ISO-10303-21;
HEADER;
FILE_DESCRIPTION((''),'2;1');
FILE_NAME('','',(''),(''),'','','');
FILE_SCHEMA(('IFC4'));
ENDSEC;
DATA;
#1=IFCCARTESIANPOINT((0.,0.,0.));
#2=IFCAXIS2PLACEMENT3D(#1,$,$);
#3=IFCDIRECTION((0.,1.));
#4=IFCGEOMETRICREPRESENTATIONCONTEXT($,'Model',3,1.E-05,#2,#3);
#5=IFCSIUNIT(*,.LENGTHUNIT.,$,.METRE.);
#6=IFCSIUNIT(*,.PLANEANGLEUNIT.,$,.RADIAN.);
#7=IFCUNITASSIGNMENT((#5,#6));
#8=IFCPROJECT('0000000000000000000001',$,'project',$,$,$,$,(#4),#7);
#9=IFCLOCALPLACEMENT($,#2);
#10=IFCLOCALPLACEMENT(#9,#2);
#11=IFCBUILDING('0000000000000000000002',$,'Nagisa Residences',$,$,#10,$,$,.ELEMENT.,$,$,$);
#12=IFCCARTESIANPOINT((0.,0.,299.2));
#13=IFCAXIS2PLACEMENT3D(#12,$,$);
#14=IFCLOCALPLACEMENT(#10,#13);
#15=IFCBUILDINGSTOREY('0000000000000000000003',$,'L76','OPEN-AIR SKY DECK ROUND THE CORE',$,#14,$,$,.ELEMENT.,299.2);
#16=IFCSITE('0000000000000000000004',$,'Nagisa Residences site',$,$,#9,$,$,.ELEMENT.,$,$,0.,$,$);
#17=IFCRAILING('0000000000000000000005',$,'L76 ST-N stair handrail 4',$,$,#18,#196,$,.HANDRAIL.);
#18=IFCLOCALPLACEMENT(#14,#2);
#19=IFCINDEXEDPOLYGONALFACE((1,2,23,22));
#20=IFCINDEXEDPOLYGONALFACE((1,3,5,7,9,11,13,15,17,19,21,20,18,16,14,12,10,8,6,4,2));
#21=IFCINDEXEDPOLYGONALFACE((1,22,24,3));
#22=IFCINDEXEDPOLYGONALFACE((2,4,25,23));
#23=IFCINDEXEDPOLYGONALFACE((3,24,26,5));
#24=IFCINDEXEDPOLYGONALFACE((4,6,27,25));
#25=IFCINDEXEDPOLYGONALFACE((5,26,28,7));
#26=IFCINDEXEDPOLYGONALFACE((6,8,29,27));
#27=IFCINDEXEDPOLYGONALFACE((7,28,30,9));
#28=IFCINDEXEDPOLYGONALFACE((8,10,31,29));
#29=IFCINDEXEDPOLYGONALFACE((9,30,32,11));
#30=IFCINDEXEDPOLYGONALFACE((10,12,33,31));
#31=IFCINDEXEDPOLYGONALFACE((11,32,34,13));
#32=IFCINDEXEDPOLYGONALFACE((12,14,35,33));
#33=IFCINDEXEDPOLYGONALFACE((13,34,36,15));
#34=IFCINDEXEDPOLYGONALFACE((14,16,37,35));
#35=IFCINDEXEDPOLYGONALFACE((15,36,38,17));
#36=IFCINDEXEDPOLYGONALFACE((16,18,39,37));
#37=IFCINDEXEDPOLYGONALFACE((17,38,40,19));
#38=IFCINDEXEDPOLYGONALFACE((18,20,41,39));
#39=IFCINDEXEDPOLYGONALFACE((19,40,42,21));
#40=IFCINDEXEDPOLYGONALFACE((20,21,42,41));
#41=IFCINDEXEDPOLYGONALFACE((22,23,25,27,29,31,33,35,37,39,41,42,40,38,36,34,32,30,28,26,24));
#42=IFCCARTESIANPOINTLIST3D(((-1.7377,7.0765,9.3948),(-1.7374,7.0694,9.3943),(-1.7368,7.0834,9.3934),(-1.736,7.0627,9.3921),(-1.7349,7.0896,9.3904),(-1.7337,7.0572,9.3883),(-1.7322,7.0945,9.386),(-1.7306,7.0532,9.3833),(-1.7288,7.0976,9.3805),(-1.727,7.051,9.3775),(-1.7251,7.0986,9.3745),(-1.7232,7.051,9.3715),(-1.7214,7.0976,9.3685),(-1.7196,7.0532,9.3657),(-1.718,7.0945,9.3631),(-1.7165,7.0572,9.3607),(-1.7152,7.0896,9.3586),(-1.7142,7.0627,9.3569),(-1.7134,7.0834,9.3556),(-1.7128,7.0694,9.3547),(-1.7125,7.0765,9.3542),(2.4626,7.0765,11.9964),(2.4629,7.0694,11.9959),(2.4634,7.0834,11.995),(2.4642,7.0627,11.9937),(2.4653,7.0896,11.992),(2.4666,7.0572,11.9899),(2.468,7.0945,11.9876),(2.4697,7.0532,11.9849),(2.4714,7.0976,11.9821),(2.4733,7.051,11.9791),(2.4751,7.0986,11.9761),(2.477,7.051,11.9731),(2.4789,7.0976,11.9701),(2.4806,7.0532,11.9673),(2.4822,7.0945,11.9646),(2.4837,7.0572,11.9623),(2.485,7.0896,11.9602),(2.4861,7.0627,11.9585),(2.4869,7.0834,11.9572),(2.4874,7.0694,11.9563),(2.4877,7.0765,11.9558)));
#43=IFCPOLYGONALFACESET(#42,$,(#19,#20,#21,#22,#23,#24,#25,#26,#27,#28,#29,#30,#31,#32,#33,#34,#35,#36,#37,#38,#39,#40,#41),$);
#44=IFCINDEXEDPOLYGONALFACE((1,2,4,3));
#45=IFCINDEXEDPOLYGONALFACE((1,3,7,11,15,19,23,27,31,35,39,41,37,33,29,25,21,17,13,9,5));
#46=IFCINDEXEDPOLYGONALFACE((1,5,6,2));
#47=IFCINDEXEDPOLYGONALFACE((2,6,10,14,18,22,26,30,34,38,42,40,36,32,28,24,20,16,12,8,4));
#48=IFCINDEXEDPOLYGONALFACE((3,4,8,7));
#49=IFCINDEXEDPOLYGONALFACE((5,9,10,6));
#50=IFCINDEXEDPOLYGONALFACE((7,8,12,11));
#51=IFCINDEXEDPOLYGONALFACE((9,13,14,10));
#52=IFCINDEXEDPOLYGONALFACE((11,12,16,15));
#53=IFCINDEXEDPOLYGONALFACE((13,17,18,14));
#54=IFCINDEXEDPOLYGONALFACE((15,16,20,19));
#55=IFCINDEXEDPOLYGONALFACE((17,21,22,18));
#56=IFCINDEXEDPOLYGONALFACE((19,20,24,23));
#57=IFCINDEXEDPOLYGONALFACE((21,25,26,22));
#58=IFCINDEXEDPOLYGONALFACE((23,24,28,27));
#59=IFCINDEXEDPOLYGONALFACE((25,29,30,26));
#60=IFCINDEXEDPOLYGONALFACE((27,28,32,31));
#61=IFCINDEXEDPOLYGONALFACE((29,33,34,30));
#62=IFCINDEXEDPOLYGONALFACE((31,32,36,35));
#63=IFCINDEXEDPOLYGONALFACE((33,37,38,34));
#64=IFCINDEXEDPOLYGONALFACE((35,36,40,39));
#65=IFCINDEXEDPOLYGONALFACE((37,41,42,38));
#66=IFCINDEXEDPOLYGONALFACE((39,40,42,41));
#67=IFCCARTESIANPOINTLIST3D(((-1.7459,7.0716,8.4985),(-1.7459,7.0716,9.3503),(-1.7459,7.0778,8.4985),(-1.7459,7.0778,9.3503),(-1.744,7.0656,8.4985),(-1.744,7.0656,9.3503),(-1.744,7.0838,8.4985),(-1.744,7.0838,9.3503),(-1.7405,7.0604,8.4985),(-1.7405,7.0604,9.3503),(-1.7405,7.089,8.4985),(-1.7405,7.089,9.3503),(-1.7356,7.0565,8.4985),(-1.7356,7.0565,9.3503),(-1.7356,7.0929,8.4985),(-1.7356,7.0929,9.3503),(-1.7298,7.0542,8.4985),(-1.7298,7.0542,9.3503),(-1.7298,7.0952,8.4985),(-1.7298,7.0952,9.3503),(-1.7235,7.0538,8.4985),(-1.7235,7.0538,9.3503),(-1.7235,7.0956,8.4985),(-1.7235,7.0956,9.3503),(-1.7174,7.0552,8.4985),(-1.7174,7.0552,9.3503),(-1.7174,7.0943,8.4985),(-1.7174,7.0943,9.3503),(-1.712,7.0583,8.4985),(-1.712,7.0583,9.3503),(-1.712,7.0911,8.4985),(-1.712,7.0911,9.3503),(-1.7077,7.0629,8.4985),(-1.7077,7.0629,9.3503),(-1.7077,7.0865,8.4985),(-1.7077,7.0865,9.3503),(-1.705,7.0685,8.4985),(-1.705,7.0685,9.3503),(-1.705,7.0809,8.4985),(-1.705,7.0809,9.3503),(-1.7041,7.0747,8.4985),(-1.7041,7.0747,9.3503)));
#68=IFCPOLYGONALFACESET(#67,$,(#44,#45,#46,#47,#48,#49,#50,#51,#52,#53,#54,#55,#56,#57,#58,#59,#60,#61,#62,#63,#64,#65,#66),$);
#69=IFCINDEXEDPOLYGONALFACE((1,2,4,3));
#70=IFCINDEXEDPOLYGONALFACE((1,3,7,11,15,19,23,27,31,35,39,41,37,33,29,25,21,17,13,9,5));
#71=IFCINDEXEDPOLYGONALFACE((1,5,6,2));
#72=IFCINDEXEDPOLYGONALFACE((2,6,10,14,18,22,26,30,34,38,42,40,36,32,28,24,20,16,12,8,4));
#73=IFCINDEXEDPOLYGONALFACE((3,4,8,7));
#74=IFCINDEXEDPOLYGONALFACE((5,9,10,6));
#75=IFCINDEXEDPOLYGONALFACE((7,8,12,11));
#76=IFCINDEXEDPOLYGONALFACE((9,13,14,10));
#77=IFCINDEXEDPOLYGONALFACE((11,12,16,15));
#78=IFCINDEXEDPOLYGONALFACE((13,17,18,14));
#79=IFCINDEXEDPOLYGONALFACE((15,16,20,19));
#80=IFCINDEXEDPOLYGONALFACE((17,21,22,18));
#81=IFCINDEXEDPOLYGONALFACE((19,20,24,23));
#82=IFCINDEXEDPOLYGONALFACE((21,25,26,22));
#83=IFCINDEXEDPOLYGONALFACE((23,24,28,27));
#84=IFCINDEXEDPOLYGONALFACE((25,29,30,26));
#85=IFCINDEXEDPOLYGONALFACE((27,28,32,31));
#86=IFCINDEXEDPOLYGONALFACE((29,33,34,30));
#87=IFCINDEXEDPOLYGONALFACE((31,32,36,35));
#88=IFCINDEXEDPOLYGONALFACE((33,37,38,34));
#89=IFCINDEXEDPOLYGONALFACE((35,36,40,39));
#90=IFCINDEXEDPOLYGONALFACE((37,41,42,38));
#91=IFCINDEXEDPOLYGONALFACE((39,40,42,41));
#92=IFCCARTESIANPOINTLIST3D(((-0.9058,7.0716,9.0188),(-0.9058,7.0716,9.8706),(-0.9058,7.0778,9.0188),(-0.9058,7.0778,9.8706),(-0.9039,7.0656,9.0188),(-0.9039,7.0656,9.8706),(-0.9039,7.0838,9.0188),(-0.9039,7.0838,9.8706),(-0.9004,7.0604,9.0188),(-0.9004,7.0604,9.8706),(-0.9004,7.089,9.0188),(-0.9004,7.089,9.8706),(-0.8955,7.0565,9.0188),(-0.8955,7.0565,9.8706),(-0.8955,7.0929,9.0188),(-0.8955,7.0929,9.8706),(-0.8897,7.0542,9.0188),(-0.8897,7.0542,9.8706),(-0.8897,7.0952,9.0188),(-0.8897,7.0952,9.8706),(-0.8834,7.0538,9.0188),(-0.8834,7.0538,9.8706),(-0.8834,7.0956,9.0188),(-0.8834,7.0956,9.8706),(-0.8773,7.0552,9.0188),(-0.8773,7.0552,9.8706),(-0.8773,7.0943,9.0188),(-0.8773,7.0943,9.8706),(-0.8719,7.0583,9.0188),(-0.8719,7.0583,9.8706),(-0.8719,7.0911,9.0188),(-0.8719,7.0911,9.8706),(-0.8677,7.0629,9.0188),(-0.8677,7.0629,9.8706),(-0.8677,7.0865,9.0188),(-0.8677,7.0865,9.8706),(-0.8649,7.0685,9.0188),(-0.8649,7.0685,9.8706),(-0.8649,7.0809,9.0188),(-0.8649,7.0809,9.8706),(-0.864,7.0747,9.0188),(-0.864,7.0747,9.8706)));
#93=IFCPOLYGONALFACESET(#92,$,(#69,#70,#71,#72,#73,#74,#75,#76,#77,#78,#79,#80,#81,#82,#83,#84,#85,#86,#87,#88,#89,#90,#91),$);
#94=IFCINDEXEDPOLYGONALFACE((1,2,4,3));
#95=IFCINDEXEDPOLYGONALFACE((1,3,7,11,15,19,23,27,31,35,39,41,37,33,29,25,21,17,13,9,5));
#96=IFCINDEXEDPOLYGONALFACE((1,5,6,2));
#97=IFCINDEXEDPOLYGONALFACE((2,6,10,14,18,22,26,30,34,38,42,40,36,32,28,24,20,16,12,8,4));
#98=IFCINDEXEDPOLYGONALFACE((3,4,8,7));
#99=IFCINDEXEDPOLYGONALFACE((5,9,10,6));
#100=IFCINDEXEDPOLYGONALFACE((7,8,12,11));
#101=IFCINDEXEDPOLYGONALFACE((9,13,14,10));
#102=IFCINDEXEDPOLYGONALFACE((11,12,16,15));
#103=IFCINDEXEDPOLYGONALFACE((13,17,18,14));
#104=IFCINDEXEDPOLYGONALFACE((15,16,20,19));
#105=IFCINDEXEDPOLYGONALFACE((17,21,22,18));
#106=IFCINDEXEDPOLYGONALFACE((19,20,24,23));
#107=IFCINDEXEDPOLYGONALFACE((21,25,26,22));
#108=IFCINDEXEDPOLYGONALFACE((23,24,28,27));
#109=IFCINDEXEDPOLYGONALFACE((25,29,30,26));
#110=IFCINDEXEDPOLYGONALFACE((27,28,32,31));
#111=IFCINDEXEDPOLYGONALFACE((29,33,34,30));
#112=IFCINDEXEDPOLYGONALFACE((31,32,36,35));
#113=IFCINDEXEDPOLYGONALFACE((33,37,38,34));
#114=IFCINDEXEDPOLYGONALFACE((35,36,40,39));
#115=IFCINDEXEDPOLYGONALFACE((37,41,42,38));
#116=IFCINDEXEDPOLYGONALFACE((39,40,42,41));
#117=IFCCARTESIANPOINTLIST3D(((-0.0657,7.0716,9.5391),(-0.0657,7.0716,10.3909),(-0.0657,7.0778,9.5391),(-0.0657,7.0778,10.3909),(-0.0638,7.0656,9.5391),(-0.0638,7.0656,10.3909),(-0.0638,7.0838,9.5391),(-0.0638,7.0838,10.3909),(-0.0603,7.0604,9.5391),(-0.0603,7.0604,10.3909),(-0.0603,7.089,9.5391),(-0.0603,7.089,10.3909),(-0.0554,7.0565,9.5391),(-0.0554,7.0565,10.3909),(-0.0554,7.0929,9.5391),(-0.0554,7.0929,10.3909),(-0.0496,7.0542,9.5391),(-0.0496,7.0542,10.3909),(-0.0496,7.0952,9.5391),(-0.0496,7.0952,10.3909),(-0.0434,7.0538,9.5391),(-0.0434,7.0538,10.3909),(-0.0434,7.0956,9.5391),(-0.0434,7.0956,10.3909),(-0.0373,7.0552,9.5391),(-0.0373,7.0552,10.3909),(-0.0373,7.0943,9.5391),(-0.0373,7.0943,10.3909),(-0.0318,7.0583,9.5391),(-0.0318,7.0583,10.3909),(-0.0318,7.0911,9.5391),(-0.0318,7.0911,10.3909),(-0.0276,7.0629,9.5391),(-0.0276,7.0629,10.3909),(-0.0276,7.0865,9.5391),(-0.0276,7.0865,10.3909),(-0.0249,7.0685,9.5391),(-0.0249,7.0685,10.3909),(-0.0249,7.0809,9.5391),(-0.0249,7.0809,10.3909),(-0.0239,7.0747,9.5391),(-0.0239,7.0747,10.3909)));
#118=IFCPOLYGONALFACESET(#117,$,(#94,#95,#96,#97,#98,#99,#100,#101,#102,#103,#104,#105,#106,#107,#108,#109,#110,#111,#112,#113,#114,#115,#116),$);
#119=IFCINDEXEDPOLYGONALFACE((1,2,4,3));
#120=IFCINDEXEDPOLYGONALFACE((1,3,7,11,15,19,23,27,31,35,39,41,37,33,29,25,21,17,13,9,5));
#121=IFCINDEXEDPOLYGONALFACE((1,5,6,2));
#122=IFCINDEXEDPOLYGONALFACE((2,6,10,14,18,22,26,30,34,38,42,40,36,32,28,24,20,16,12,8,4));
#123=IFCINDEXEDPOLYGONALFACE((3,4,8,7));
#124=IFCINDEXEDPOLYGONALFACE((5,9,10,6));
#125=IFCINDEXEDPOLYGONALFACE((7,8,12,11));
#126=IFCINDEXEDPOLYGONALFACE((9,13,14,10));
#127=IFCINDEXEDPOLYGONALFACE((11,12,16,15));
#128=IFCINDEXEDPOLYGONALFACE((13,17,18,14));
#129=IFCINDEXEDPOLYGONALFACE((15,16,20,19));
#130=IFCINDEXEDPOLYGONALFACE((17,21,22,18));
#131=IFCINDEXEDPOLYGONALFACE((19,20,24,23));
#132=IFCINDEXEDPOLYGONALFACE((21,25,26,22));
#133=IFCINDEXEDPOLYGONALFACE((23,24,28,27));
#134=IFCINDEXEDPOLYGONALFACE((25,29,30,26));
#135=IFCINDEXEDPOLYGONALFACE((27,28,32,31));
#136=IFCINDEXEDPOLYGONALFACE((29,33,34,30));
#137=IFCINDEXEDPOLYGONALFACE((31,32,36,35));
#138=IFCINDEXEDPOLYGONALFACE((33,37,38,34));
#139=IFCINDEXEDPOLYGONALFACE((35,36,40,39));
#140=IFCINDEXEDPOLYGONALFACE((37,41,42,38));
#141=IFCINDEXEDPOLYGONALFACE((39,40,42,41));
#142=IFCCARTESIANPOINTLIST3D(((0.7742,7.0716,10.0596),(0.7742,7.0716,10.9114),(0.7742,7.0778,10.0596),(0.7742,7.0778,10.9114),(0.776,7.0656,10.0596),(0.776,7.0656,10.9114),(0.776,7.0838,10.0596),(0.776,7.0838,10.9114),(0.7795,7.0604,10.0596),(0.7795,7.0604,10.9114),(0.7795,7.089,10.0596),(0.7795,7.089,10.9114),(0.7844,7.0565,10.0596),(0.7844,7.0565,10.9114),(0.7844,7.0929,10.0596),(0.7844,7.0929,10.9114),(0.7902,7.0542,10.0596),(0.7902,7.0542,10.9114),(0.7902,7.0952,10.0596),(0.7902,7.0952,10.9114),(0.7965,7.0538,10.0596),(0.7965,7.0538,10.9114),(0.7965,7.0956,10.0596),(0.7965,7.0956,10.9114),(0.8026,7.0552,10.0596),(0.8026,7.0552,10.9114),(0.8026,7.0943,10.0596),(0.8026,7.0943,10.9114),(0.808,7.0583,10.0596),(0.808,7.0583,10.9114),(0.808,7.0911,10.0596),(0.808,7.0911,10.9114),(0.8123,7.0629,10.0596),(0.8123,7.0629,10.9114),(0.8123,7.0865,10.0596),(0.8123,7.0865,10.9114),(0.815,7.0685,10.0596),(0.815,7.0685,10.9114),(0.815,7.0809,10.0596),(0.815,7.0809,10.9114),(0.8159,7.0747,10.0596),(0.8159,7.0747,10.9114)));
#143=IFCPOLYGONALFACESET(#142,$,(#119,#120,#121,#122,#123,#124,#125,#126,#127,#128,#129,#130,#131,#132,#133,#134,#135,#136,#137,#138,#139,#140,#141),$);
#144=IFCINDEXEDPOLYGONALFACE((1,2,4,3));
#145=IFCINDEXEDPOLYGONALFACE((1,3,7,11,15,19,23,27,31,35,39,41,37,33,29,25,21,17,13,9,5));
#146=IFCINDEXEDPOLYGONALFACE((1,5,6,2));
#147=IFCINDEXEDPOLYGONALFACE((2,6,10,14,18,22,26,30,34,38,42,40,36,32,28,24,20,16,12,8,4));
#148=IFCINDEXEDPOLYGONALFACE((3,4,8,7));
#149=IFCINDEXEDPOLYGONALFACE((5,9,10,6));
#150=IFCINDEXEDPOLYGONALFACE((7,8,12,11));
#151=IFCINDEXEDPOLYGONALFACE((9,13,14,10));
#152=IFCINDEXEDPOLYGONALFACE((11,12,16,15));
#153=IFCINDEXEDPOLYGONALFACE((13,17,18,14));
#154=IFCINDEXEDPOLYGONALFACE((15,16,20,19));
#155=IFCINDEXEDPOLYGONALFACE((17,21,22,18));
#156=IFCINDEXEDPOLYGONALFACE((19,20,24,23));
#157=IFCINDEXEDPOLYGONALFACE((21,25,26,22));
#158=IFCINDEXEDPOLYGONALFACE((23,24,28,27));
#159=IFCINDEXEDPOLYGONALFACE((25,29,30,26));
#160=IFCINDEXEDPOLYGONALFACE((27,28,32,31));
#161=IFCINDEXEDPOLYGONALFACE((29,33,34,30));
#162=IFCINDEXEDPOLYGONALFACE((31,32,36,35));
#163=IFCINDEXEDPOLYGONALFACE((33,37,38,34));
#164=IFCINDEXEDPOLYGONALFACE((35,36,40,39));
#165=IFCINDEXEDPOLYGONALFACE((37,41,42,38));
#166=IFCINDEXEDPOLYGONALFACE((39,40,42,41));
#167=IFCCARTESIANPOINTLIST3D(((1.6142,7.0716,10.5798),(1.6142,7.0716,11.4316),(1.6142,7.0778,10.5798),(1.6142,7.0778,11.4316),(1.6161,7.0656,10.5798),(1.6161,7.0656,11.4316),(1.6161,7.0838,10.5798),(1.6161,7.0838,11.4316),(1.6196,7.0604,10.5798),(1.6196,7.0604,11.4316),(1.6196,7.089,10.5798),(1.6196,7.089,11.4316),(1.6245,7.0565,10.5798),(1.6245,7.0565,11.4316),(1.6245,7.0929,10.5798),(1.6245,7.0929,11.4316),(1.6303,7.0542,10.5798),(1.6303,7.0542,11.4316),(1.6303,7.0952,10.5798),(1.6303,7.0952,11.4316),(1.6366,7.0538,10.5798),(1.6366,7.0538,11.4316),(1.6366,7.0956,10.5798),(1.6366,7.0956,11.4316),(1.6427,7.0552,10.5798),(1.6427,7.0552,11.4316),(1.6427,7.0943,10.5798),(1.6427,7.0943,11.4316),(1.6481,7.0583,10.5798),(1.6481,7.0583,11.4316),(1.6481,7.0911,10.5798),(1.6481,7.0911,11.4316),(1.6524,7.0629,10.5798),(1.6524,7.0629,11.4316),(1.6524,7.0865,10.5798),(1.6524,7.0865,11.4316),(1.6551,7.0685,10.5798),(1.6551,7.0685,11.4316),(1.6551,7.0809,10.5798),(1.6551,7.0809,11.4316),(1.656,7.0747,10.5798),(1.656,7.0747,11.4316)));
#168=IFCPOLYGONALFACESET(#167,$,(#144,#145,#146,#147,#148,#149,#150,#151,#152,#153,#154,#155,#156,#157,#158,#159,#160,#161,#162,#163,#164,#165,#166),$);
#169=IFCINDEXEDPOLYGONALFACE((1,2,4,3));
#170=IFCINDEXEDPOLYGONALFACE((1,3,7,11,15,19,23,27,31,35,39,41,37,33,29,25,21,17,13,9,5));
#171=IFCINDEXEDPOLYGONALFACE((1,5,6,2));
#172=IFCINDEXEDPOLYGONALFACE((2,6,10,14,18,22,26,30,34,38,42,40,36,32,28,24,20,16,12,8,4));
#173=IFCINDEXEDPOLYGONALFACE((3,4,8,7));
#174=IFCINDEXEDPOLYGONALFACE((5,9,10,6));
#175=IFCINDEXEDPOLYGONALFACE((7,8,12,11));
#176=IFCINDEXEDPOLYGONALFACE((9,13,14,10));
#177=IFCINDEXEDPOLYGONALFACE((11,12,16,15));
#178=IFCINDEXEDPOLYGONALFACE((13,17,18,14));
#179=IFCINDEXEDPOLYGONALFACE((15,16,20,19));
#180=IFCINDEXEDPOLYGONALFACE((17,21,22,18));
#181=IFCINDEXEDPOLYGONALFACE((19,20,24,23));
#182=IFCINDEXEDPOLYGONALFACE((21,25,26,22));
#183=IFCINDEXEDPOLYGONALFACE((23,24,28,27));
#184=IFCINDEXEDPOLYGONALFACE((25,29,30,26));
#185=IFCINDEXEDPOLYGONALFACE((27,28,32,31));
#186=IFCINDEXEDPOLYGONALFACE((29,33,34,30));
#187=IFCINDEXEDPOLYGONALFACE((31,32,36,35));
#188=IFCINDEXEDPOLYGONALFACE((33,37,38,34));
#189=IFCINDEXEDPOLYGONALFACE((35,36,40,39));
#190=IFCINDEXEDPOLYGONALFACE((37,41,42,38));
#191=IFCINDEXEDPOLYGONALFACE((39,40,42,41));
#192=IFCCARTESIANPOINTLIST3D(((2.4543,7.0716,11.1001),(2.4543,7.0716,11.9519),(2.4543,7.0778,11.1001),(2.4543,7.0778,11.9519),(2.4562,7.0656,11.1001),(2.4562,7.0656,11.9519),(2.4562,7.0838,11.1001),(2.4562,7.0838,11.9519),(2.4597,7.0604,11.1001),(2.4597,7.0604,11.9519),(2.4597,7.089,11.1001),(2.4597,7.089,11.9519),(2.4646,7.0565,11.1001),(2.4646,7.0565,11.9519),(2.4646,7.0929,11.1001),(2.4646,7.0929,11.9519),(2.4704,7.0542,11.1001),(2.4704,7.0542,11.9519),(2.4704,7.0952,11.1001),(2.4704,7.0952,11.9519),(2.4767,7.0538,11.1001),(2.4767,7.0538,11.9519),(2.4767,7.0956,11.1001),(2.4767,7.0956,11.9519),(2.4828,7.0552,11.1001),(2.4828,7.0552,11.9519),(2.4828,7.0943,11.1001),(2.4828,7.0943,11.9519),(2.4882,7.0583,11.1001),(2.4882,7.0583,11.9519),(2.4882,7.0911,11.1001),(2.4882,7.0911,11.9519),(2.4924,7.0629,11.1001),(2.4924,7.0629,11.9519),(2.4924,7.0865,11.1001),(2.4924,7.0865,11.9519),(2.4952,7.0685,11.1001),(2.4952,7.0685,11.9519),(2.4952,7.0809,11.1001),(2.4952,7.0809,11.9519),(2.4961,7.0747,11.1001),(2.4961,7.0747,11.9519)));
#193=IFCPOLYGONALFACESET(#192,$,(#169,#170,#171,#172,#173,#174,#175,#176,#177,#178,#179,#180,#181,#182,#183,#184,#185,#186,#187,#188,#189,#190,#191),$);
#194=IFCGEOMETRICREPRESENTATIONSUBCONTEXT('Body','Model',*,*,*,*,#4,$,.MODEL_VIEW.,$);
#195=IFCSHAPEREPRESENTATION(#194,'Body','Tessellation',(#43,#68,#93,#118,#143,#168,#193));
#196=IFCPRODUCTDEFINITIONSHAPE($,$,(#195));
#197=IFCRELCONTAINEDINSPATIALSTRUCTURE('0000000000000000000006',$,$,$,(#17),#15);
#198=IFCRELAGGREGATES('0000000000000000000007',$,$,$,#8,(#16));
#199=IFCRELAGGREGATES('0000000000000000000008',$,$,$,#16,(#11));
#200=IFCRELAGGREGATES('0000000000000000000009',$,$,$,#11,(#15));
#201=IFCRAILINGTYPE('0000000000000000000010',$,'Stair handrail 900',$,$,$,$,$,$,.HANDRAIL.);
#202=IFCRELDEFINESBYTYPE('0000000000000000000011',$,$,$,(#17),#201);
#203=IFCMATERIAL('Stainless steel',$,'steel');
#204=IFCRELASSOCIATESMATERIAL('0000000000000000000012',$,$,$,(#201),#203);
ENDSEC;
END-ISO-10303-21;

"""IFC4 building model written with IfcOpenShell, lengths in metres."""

from ifc_helpers import new_model, si_unit, direction, frame, origin, origin_2d, place, context, subcontext, project, spatial, circle, extrude, material, type_object, element, save


model = new_model("IFC4")

# Units and contexts
model_context = context("Model", 3, precision=1e-05, world=origin(), true_north=direction((0.0, 1.0)))
body_context = subcontext(model_context, "Body", "Model", "MODEL_VIEW")
ifc_project = project(units=[si_unit("LENGTHUNIT", "METRE"), si_unit("PLANEANGLEUNIT", "RADIAN")], contexts=[model_context])

# Site, building, storey
site_placement = place(None, origin())
site = spatial("IfcSite", under=ifc_project, at=site_placement, Name="Nagisa Residences site", CompositionType="ELEMENT", RefElevation=0.0)
building_placement = place(site_placement, origin())
building = spatial("IfcBuilding", under=site, at=building_placement, Name="Nagisa Residences", CompositionType="ELEMENT")
storey_placement = place(building_placement, frame((0.0, 0.0, 299.2)))
storey = spatial("IfcBuildingStorey", under=building, at=storey_placement, Name="L76", Description="OPEN-AIR SKY DECK ROUND THE CORE", CompositionType="ELEMENT", Elevation=299.2)

# Railing
ifc_material_1 = material(Name="Stainless steel", Category="steel")
railing_type_1 = type_object("IfcRailingType", Name="Stair handrail 900", PredefinedType="HANDRAIL", material=ifc_material_1)
for number, where, name in (
    (1, (-1.7251, 7.0747, 8.4985), "L76 ST-N stair handrail 4"),
):
    element("IfcRailing", number, at=place(storey_placement, frame(where)), inside=storey, type_object=railing_type_1, Name=name, PredefinedType="HANDRAIL", context=body_context, shape_type="SweptSolid", body=[
        extrude(circle(Radius=0.0239, at=origin_2d()), frame((0.0, 0.0, 0.876), z_axis=(0.850135, 0.0, 0.526566), x_axis=(0.0, 1.0, 0.0)), (0.0, 0.0, 1.0), 4.9407),
        extrude(circle(Radius=0.021, at=origin_2d()), origin(), (0.0, 0.0, 1.0), 0.8518),
        extrude(circle(Radius=0.021, at=origin_2d()), frame((0.8401, 0.0, 0.5203)), (0.0, 0.0, 1.0), 0.8518),
        extrude(circle(Radius=0.021, at=origin_2d()), frame((1.6802, 0.0, 1.0405)), (0.0, 0.0, 1.0), 0.8518),
        extrude(circle(Radius=0.021, at=origin_2d()), frame((2.52, 0.0, 1.561)), (0.0, 0.0, 1.0), 0.8518),
        extrude(circle(Radius=0.021, at=origin_2d()), frame((3.3601, 0.0, 2.0813)), (0.0, 0.0, 1.0), 0.8518),
        extrude(circle(Radius=0.021, at=origin_2d()), frame((4.2002, 0.0, 2.6016)), (0.0, 0.0, 1.0), 0.8518),
    ])

save(model, "model.ifc")
